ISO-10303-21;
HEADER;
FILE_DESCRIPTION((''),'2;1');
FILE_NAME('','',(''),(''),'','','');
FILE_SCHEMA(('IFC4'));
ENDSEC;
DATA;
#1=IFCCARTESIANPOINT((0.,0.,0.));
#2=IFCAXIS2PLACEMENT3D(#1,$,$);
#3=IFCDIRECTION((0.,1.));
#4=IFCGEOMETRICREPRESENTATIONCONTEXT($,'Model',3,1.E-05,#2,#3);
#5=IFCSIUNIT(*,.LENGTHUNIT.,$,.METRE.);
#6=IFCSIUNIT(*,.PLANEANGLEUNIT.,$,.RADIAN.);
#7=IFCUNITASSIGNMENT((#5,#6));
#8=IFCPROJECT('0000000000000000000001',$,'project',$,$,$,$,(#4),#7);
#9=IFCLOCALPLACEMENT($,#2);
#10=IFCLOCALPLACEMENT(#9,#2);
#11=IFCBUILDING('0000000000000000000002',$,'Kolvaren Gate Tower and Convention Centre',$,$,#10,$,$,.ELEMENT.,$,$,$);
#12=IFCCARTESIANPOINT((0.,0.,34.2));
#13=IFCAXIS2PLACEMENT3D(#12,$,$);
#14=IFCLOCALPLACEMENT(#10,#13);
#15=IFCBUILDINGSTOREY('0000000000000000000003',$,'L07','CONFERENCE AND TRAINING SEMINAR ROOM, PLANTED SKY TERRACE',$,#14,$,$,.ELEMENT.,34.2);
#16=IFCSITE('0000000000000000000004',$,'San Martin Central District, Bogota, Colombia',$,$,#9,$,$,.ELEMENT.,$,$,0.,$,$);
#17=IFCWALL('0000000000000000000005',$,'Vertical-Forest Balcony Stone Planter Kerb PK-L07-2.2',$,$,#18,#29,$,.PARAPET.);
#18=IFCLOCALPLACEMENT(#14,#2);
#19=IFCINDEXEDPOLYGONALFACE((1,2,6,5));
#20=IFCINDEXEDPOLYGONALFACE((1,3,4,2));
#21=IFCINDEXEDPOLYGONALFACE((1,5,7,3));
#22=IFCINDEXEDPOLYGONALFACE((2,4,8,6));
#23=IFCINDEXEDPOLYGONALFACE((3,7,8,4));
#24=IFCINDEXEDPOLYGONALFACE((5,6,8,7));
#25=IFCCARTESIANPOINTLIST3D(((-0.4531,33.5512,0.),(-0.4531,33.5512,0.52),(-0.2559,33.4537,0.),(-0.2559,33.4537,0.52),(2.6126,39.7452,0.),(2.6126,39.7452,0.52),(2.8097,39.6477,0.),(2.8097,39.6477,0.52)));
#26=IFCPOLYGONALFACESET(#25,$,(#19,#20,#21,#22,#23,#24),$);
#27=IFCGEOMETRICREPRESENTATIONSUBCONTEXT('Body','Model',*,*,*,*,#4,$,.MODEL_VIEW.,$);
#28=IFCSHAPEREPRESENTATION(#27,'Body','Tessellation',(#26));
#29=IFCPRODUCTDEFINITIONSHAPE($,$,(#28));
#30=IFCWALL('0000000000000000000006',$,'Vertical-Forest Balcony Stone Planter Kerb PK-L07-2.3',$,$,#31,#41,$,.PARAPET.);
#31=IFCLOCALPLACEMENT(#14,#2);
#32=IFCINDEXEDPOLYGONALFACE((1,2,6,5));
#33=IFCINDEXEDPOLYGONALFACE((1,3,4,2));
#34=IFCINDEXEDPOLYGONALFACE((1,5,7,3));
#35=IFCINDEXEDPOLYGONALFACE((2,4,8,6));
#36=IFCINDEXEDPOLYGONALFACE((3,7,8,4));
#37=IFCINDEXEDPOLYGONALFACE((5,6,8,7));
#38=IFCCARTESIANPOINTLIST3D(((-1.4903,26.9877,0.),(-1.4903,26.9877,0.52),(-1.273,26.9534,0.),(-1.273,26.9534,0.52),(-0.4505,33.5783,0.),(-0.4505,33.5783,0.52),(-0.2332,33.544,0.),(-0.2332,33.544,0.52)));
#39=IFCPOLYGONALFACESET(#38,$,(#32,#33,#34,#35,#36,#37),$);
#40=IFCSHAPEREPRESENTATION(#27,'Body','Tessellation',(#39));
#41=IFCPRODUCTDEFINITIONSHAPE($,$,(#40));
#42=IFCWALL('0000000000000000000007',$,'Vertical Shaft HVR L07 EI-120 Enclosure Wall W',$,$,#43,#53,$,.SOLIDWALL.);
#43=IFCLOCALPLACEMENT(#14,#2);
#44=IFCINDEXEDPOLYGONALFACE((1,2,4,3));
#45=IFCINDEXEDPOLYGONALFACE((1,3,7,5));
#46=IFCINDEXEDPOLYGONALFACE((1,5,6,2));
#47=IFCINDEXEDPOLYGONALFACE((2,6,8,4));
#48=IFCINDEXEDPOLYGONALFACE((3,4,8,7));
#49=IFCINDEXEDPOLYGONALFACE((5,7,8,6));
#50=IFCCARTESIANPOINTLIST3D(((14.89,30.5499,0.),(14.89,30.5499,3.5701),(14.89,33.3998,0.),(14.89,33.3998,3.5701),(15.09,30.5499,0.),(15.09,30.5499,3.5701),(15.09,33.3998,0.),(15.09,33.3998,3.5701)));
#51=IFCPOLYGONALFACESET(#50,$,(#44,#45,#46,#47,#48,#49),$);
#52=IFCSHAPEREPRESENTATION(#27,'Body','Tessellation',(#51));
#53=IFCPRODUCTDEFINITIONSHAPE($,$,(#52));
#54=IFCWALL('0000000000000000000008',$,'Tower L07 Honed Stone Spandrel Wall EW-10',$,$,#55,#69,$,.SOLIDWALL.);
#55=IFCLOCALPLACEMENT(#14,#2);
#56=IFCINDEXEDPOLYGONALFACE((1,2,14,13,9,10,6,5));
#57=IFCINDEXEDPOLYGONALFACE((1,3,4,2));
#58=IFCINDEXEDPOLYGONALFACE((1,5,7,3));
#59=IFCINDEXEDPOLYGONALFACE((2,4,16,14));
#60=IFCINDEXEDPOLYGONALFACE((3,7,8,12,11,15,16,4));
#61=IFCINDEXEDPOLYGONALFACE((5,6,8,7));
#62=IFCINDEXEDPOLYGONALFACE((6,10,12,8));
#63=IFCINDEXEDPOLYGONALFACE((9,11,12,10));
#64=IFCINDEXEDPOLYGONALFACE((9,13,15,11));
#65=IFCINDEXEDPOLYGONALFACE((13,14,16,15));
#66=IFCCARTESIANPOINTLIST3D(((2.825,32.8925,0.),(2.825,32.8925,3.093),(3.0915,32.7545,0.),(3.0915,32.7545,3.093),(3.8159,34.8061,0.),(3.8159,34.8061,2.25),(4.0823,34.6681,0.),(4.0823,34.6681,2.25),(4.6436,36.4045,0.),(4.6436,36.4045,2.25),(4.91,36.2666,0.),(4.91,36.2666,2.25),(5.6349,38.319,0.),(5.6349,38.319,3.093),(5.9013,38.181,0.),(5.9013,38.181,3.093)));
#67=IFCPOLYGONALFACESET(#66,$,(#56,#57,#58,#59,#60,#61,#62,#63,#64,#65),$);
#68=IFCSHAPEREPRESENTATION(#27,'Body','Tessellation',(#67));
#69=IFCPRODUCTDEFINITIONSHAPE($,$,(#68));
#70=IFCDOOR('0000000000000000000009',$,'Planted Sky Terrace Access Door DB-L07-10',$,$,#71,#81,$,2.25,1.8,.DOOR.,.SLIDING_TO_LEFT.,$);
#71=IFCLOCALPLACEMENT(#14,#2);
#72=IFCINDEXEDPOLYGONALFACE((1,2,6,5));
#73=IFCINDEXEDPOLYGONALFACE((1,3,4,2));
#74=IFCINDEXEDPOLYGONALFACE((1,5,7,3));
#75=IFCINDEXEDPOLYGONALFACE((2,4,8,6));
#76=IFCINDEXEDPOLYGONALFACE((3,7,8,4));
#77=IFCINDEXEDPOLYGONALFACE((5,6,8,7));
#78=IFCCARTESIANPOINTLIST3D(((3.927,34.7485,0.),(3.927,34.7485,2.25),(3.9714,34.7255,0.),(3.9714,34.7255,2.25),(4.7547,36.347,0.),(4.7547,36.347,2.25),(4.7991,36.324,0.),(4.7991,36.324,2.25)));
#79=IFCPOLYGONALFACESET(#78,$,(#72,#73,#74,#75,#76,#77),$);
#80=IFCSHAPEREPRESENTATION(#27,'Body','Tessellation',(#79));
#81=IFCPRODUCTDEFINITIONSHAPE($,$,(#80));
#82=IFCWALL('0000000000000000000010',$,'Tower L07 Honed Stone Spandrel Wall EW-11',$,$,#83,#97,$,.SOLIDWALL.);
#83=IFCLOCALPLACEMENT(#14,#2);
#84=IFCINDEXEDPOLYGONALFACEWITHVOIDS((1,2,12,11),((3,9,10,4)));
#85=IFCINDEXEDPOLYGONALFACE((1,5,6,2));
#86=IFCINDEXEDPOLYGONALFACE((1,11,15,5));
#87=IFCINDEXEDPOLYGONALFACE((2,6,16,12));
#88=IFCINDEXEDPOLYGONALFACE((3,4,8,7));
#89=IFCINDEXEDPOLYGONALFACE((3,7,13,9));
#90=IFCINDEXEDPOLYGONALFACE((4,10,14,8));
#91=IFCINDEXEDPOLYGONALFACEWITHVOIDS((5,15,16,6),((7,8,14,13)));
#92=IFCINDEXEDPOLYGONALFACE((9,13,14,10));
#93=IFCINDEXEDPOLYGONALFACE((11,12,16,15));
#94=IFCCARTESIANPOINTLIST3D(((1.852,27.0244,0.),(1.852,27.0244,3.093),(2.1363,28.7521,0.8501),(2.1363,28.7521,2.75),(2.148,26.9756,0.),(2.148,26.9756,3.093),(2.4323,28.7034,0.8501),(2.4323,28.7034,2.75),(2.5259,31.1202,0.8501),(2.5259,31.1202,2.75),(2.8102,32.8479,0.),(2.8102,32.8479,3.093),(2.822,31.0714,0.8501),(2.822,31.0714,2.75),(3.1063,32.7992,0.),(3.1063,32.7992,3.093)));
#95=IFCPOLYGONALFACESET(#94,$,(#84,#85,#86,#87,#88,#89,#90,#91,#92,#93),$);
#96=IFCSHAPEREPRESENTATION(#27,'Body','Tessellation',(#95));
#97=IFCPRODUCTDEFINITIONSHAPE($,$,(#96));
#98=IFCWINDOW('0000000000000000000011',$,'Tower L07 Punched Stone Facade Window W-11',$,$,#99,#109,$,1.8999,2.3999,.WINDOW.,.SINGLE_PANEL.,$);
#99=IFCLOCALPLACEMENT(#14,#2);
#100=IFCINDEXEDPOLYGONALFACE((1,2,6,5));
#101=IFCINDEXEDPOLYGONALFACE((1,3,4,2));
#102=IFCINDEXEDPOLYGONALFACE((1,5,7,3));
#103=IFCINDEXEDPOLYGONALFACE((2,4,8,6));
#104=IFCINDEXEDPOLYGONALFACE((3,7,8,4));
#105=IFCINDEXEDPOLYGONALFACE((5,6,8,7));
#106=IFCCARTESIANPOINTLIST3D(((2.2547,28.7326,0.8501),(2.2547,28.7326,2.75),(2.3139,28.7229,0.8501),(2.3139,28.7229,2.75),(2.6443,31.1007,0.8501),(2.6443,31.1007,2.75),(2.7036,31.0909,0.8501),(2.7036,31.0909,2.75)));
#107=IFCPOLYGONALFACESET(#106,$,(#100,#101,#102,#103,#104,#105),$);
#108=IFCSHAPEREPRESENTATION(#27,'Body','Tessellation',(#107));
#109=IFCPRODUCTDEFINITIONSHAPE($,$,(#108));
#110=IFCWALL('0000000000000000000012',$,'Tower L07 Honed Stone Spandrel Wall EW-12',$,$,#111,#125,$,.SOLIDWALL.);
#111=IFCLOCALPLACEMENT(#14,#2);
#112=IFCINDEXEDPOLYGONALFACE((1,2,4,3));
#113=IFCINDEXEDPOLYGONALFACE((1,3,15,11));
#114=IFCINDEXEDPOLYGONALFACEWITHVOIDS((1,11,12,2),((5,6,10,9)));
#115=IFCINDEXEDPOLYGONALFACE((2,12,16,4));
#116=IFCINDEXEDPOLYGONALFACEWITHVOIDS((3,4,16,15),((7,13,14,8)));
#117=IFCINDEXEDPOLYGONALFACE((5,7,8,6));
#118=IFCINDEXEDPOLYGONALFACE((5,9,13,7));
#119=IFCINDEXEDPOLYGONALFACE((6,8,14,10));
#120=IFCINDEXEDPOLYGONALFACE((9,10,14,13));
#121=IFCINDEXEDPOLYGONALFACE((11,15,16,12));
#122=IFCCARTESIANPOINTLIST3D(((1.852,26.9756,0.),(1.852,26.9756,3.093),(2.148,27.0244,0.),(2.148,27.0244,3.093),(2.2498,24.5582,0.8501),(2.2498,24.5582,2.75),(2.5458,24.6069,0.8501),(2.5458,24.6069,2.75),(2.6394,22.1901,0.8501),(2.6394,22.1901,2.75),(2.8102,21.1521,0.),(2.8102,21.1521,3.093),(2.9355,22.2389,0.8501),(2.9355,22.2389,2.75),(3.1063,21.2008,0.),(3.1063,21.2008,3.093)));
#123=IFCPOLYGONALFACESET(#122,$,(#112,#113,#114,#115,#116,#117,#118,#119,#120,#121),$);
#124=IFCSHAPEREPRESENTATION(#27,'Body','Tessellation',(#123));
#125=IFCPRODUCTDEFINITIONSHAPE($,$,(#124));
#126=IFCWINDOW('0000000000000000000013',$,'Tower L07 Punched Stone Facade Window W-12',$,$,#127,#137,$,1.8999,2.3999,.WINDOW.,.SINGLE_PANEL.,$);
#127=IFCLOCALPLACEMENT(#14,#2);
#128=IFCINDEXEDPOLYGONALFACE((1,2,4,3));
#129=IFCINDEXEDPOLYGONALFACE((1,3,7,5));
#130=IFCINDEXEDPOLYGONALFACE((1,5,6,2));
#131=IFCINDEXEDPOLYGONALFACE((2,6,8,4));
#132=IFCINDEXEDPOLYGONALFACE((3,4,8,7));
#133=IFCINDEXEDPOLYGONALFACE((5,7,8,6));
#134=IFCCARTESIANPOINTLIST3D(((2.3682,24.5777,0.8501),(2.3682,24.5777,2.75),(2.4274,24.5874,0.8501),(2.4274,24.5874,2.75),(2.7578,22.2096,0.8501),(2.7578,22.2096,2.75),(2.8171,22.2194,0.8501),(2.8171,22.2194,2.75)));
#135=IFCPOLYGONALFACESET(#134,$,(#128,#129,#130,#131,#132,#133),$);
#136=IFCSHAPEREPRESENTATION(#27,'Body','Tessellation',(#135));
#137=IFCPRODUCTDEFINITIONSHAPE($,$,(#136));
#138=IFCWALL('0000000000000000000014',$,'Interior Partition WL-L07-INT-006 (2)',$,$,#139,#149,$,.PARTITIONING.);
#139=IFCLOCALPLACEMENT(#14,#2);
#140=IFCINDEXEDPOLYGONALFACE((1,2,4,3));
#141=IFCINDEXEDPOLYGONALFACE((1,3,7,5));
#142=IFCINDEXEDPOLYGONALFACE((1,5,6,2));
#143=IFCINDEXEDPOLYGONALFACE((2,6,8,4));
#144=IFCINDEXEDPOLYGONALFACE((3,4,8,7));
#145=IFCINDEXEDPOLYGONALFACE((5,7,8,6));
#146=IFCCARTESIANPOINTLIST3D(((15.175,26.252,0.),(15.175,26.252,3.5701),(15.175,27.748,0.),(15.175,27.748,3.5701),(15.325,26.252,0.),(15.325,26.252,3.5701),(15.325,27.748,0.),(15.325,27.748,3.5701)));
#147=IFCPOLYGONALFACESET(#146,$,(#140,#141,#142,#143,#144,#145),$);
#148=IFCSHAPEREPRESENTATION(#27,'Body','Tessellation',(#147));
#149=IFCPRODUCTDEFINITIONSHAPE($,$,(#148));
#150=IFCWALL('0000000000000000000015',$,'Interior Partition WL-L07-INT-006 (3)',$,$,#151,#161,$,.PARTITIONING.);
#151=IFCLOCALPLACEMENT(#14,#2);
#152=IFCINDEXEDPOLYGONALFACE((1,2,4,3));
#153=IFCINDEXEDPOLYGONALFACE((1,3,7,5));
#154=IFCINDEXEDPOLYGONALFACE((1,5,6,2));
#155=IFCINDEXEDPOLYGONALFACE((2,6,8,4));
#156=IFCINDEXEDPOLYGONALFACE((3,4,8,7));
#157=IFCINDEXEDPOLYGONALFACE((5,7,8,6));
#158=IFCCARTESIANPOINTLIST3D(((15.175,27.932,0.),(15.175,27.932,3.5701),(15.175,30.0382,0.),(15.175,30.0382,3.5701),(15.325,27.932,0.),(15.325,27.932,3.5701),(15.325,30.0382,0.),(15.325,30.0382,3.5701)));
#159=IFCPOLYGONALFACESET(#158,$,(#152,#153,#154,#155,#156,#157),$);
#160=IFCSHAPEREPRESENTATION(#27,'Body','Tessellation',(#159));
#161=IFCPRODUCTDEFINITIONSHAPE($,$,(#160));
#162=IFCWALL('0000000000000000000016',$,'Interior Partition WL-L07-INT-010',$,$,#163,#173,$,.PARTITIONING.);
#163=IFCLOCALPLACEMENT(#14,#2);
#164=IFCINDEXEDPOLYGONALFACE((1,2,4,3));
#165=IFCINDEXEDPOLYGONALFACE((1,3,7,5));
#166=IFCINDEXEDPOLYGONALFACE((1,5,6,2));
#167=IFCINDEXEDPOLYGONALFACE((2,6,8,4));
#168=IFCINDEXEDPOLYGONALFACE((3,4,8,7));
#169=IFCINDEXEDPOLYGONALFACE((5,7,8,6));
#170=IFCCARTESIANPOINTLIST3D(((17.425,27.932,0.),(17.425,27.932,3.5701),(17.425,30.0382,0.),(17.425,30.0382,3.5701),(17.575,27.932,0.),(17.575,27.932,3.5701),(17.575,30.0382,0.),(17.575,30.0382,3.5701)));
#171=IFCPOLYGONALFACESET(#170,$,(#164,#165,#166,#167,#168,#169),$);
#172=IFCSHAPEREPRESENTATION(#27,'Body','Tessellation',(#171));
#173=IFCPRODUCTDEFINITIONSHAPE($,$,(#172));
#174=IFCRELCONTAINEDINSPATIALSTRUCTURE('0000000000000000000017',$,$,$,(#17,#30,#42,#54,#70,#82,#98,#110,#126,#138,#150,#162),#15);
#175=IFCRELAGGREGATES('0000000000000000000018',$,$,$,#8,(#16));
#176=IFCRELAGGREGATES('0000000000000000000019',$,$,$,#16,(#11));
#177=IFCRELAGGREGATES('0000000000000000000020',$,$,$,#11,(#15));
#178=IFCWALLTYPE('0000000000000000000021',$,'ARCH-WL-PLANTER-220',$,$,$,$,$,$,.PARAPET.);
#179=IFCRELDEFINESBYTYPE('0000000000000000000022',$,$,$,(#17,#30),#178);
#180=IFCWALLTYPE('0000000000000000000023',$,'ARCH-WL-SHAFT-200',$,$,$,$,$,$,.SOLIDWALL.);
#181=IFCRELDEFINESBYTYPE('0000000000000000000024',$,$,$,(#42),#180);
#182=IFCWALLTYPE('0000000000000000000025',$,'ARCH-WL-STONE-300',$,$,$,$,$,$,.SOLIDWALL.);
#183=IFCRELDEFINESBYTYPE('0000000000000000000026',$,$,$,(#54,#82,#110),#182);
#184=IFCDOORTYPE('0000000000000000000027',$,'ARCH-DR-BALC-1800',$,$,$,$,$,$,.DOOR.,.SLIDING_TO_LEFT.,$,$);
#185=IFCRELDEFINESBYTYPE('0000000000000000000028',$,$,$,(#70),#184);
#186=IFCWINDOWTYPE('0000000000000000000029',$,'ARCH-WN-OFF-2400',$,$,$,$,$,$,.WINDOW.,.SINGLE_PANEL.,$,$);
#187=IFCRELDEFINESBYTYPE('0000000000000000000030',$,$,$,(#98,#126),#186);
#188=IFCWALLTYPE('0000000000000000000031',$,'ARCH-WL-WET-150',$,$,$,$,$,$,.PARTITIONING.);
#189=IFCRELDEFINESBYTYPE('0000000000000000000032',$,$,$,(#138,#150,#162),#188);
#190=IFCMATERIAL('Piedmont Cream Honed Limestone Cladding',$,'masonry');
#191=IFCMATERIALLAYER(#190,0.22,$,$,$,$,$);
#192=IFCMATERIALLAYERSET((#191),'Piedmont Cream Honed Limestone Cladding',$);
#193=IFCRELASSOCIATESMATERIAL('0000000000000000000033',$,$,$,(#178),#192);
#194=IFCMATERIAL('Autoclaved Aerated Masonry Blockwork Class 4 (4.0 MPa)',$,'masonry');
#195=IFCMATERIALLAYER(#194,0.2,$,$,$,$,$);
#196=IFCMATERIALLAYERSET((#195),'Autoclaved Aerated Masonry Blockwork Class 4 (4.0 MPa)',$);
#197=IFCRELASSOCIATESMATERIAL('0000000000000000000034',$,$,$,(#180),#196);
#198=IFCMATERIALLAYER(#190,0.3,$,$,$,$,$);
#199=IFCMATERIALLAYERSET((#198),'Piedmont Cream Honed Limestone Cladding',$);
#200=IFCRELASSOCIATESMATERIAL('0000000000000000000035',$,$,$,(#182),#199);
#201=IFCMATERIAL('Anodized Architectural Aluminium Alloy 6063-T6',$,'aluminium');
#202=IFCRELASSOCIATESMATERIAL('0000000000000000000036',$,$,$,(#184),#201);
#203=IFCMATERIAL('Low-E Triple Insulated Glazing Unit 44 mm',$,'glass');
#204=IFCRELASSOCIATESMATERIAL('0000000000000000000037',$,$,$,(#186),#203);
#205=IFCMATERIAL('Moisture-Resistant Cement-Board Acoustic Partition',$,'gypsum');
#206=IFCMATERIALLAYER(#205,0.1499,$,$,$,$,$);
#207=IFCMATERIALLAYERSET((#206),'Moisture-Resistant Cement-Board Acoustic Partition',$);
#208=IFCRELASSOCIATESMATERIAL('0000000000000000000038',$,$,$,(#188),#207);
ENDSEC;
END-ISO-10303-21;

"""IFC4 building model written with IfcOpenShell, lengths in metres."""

from ifc_helpers import new_model, si_unit, direction, frame, frame_2d, origin, place, context, subcontext, project, spatial, rectangle, extrude, material, layer, layer_set, type_object, element, fill, save


model = new_model("IFC4")

# Units and contexts
model_context = context("Model", 3, precision=1e-05, world=origin(), true_north=direction((0.0, 1.0)))
body_context = subcontext(model_context, "Body", "Model", "MODEL_VIEW")
ifc_project = project(units=[si_unit("LENGTHUNIT", "METRE"), si_unit("PLANEANGLEUNIT", "RADIAN")], contexts=[model_context])

# Site, building, storey
site_placement = place(None, origin())
site = spatial("IfcSite", under=ifc_project, at=site_placement, Name="San Martin Central District, Bogota, Colombia", CompositionType="ELEMENT", RefElevation=0.0)
building_placement = place(site_placement, origin())
building = spatial("IfcBuilding", under=site, at=building_placement, Name="Kolvaren Gate Tower and Convention Centre", CompositionType="ELEMENT")
storey_placement = place(building_placement, frame((0.0, 0.0, 34.2)))
storey = spatial("IfcBuildingStorey", under=building, at=storey_placement, Name="L07", Description="CONFERENCE AND TRAINING SEMINAR ROOM, PLANTED SKY TERRACE", CompositionType="ELEMENT", Elevation=34.2)

# Shared definitions
ifc_material_1 = material(Name="Autoclaved Aerated Masonry Blockwork Class 4 (4.0 MPa)", Category="masonry")

# Walls
ifc_material_2 = material(Name="Piedmont Cream Honed Limestone Cladding", Category="masonry")
ifc_layer_1 = layer(ifc_material_2, 0.22)
ifc_layer_set_1 = layer_set([ifc_layer_1], Name="Piedmont Cream Honed Limestone Cladding")
wall_type_1 = type_object("IfcWallType", Name="ARCH-WL-PLANTER-220", PredefinedType="PARAPET", material=ifc_layer_set_1)
wall_1_placement = place(storey_placement, frame((-0.3545, 33.5024, 0.0), z_axis=(0.0, 0.0, 1.0), x_axis=(0.443578, 0.896236, 0.0)))
element("IfcWall", 1, at=wall_1_placement, inside=storey, type_object=wall_type_1, Name="Vertical-Forest Balcony Stone Planter Kerb PK-L07-2.2", PredefinedType="PARAPET", context=body_context, shape_type="SweptSolid", body=[
    extrude(rectangle(XDim=6.9111, YDim=0.22, at=frame_2d((3.4556, 0.0))), origin(), (0.0, 0.0, 1.0), 0.52),
])
wall_2_placement = place(storey_placement, frame((-1.3816, 26.9707, 0.0), z_axis=(0.0, 0.0, 1.0), x_axis=(0.155842, 0.987782, 0.0)))
element("IfcWall", 2, at=wall_2_placement, inside=storey, type_object=wall_type_1, Name="Vertical-Forest Balcony Stone Planter Kerb PK-L07-2.3", PredefinedType="PARAPET", context=body_context, shape_type="SweptSolid", body=[
    extrude(rectangle(XDim=6.6721, YDim=0.22, at=frame_2d((3.3359, 0.0))), origin(), (0.0, 0.0, 1.0), 0.52),
])
ifc_layer_2 = layer(ifc_material_1, 0.2)
ifc_layer_set_2 = layer_set([ifc_layer_2], Name="Autoclaved Aerated Masonry Blockwork Class 4 (4.0 MPa)")
wall_type_2 = type_object("IfcWallType", Name="ARCH-WL-SHAFT-200", PredefinedType="SOLIDWALL", material=ifc_layer_set_2)
wall_3_placement = place(storey_placement, frame((14.99, 30.55, 0.0), z_axis=(0.0, 0.0, 1.0), x_axis=(0.0, 1.0, 0.0)))
element("IfcWall", 3, at=wall_3_placement, inside=storey, type_object=wall_type_2, Name="Vertical Shaft HVR L07 EI-120 Enclosure Wall W", PredefinedType="SOLIDWALL", context=body_context, shape_type="SweptSolid", body=[
    extrude(rectangle(XDim=2.8499, YDim=0.2, at=frame_2d((1.4248, 0.0))), origin(), (0.0, 0.0, 1.0), 3.5701),
])

# Wall, opening, door
ifc_layer_3 = layer(ifc_material_2, 0.3)
ifc_layer_set_3 = layer_set([ifc_layer_3], Name="Piedmont Cream Honed Limestone Cladding")
wall_type_3 = type_object("IfcWallType", Name="ARCH-WL-STONE-300", PredefinedType="SOLIDWALL", material=ifc_layer_set_3)
wall_4_placement = place(storey_placement, frame((2.9583, 32.8235, 0.0), z_axis=(0.0, 0.0, 1.0), x_axis=(0.45981, 0.888017, 0.0)))
wall_4 = element("IfcWall", 4, at=wall_4_placement, inside=storey, type_object=wall_type_3, Name="Tower L07 Honed Stone Spandrel Wall EW-10", PredefinedType="SOLIDWALL", context=body_context, shape_type="SweptSolid", body=[
    extrude(rectangle(XDim=6.1108, YDim=0.3, at=frame_2d((3.0554, 0.0))), origin(), (0.0, 0.0, 1.0), 3.093),
])
opening_1_placement = place(wall_4_placement, frame((2.155, 0.0, 0.0)))
opening_1 = element("IfcOpeningElement", 5, at=opening_1_placement, cuts=wall_4, PredefinedType="OPENING", context=body_context, shape_type="SweptSolid", body=[
    extrude(rectangle(XDim=1.8, YDim=2.25, at=frame_2d((0.8999, 1.125))), frame((0.0, 0.1599, 0.0), z_axis=(0.0, -1.0, 0.0), x_axis=(1.0, 0.0, 0.0)), (0.0, 0.0, 1.0), 0.3201),
])
ifc_material_3 = material(Name="Anodized Architectural Aluminium Alloy 6063-T6", Category="aluminium")
door_type_1 = type_object("IfcDoorType", Name="ARCH-DR-BALC-1800", OperationType="SLIDING_TO_LEFT", PredefinedType="DOOR", material=ifc_material_3)
door_1_placement = place(opening_1_placement, origin())
door_1 = element("IfcDoor", 6, at=door_1_placement, inside=storey, type_object=door_type_1, Name="Planted Sky Terrace Access Door DB-L07-10", OperationType="SLIDING_TO_LEFT", OverallHeight=2.25, OverallWidth=1.8, PredefinedType="DOOR", context=body_context, shape_type="SweptSolid", body=[
    extrude(rectangle(XDim=1.8, YDim=2.25, at=frame_2d((0.8999, 1.125))), frame((0.0, 0.0249, 0.0), z_axis=(0.0, -1.0, 0.0), x_axis=(1.0, 0.0, 0.0)), (0.0, 0.0, 1.0), 0.05),
])
fill(opening_1, door_1)

# Walls, openings, windows
wall_5_placement = place(storey_placement, frame((2.0, 27.0, 0.0), z_axis=(0.0, 0.0, 1.0), x_axis=(0.162366, 0.986731, 0.0)))
wall_5 = element("IfcWall", 7, at=wall_5_placement, inside=storey, type_object=wall_type_3, Name="Tower L07 Honed Stone Spandrel Wall EW-11", PredefinedType="SOLIDWALL", context=body_context, shape_type="SweptSolid", body=[
    extrude(rectangle(XDim=5.9019, YDim=0.3, at=frame_2d((2.9509, 0.0))), origin(), (0.0, 0.0, 1.0), 3.093),
])
opening_2_placement = place(wall_5_placement, frame((1.751, 0.0, 0.8501)))
opening_2 = element("IfcOpeningElement", 8, at=opening_2_placement, cuts=wall_5, PredefinedType="OPENING", context=body_context, shape_type="SweptSolid", body=[
    extrude(rectangle(XDim=2.3999, YDim=1.8999, at=frame_2d((1.2, 0.95))), frame((0.0, 0.1599, 0.0), z_axis=(0.0, -1.0, 0.0), x_axis=(1.0, 0.0, 0.0)), (0.0, 0.0, 1.0), 0.3201),
])
ifc_material_4 = material(Name="Low-E Triple Insulated Glazing Unit 44 mm", Category="glass")
window_type = type_object("IfcWindowType", Name="ARCH-WN-OFF-2400", PartitioningType="SINGLE_PANEL", PredefinedType="WINDOW", material=ifc_material_4)
window_1_placement = place(opening_2_placement, origin())
window_1 = element("IfcWindow", 9, at=window_1_placement, inside=storey, type_object=window_type, Name="Tower L07 Punched Stone Facade Window W-11", OverallHeight=1.8999, OverallWidth=2.3999, PartitioningType="SINGLE_PANEL", PredefinedType="WINDOW", context=body_context, shape_type="SweptSolid", body=[
    extrude(rectangle(XDim=2.3999, YDim=1.8999, at=frame_2d((1.2, 0.95))), frame((0.0, 0.03, 0.0), z_axis=(0.0, -1.0, 0.0), x_axis=(1.0, 0.0, 0.0)), (0.0, 0.0, 1.0), 0.0601),
])
fill(opening_2, window_1)
wall_6_placement = place(storey_placement, frame((2.0, 27.0, 0.0), z_axis=(0.0, 0.0, 1.0), x_axis=(0.162366, -0.986731, 0.0)))
wall_6 = element("IfcWall", 10, at=wall_6_placement, inside=storey, type_object=wall_type_3, Name="Tower L07 Honed Stone Spandrel Wall EW-12", PredefinedType="SOLIDWALL", context=body_context, shape_type="SweptSolid", body=[
    extrude(rectangle(XDim=5.9019, YDim=0.3, at=frame_2d((2.9509, 0.0))), origin(), (0.0, 0.0, 1.0), 3.093),
])
opening_3_placement = place(wall_6_placement, frame((2.45, 0.0, 0.8501)))
opening_3 = element("IfcOpeningElement", 11, at=opening_3_placement, cuts=wall_6, PredefinedType="OPENING", context=body_context, shape_type="SweptSolid", body=[
    extrude(rectangle(XDim=2.3999, YDim=1.8999, at=frame_2d((1.2, 0.95))), frame((0.0, 0.1599, 0.0), z_axis=(0.0, -1.0, 0.0), x_axis=(1.0, 0.0, 0.0)), (0.0, 0.0, 1.0), 0.3201),
])
window_2_placement = place(opening_3_placement, origin())
window_2 = element("IfcWindow", 12, at=window_2_placement, inside=storey, type_object=window_type, Name="Tower L07 Punched Stone Facade Window W-12", OverallHeight=1.8999, OverallWidth=2.3999, PartitioningType="SINGLE_PANEL", PredefinedType="WINDOW", context=body_context, shape_type="SweptSolid", body=[
    extrude(rectangle(XDim=2.3999, YDim=1.8999, at=frame_2d((1.2, 0.95))), frame((0.0, 0.03, 0.0), z_axis=(0.0, -1.0, 0.0), x_axis=(1.0, 0.0, 0.0)), (0.0, 0.0, 1.0), 0.0601),
])
fill(opening_3, window_2)

# Walls
ifc_material_5 = material(Name="Moisture-Resistant Cement-Board Acoustic Partition", Category="gypsum")
ifc_layer_4 = layer(ifc_material_5, 0.1499)
ifc_layer_set_4 = layer_set([ifc_layer_4], Name="Moisture-Resistant Cement-Board Acoustic Partition")
wall_type_4 = type_object("IfcWallType", Name="ARCH-WL-WET-150", PredefinedType="PARTITIONING", material=ifc_layer_set_4)
wall_7_placement = place(storey_placement, frame((15.25, 26.252, 0.0), z_axis=(0.0, 0.0, 1.0), x_axis=(0.0, 1.0, 0.0)))
element("IfcWall", 13, at=wall_7_placement, inside=storey, type_object=wall_type_4, Name="Interior Partition WL-L07-INT-006 (2)", PredefinedType="PARTITIONING", context=body_context, shape_type="SweptSolid", body=[
    extrude(rectangle(XDim=1.4961, YDim=0.1499, at=frame_2d((0.748, 0.0))), origin(), (0.0, 0.0, 1.0), 3.5701),
])
for number, where, z_axis, x_axis, name in (
    (14, (15.25, 27.9319, 0.0), (0.0, 0.0, 1.0), (0.0, 1.0, 0.0), "Interior Partition WL-L07-INT-006 (3)"),
    (15, (17.5, 27.9319, 0.0), (0.0, 0.0, 1.0), (0.0, 1.0, 0.0), "Interior Partition WL-L07-INT-010"),
):
    element("IfcWall", number, at=place(storey_placement, frame(where, z_axis=z_axis, x_axis=x_axis)), inside=storey, type_object=wall_type_4, Name=name, PredefinedType="PARTITIONING", context=body_context, shape_type="SweptSolid", body=[
        extrude(rectangle(XDim=2.1062, YDim=0.1499, at=frame_2d((1.0532, 0.0))), origin(), (0.0, 0.0, 1.0), 3.5701),
    ])

save(model, "model.ifc")
